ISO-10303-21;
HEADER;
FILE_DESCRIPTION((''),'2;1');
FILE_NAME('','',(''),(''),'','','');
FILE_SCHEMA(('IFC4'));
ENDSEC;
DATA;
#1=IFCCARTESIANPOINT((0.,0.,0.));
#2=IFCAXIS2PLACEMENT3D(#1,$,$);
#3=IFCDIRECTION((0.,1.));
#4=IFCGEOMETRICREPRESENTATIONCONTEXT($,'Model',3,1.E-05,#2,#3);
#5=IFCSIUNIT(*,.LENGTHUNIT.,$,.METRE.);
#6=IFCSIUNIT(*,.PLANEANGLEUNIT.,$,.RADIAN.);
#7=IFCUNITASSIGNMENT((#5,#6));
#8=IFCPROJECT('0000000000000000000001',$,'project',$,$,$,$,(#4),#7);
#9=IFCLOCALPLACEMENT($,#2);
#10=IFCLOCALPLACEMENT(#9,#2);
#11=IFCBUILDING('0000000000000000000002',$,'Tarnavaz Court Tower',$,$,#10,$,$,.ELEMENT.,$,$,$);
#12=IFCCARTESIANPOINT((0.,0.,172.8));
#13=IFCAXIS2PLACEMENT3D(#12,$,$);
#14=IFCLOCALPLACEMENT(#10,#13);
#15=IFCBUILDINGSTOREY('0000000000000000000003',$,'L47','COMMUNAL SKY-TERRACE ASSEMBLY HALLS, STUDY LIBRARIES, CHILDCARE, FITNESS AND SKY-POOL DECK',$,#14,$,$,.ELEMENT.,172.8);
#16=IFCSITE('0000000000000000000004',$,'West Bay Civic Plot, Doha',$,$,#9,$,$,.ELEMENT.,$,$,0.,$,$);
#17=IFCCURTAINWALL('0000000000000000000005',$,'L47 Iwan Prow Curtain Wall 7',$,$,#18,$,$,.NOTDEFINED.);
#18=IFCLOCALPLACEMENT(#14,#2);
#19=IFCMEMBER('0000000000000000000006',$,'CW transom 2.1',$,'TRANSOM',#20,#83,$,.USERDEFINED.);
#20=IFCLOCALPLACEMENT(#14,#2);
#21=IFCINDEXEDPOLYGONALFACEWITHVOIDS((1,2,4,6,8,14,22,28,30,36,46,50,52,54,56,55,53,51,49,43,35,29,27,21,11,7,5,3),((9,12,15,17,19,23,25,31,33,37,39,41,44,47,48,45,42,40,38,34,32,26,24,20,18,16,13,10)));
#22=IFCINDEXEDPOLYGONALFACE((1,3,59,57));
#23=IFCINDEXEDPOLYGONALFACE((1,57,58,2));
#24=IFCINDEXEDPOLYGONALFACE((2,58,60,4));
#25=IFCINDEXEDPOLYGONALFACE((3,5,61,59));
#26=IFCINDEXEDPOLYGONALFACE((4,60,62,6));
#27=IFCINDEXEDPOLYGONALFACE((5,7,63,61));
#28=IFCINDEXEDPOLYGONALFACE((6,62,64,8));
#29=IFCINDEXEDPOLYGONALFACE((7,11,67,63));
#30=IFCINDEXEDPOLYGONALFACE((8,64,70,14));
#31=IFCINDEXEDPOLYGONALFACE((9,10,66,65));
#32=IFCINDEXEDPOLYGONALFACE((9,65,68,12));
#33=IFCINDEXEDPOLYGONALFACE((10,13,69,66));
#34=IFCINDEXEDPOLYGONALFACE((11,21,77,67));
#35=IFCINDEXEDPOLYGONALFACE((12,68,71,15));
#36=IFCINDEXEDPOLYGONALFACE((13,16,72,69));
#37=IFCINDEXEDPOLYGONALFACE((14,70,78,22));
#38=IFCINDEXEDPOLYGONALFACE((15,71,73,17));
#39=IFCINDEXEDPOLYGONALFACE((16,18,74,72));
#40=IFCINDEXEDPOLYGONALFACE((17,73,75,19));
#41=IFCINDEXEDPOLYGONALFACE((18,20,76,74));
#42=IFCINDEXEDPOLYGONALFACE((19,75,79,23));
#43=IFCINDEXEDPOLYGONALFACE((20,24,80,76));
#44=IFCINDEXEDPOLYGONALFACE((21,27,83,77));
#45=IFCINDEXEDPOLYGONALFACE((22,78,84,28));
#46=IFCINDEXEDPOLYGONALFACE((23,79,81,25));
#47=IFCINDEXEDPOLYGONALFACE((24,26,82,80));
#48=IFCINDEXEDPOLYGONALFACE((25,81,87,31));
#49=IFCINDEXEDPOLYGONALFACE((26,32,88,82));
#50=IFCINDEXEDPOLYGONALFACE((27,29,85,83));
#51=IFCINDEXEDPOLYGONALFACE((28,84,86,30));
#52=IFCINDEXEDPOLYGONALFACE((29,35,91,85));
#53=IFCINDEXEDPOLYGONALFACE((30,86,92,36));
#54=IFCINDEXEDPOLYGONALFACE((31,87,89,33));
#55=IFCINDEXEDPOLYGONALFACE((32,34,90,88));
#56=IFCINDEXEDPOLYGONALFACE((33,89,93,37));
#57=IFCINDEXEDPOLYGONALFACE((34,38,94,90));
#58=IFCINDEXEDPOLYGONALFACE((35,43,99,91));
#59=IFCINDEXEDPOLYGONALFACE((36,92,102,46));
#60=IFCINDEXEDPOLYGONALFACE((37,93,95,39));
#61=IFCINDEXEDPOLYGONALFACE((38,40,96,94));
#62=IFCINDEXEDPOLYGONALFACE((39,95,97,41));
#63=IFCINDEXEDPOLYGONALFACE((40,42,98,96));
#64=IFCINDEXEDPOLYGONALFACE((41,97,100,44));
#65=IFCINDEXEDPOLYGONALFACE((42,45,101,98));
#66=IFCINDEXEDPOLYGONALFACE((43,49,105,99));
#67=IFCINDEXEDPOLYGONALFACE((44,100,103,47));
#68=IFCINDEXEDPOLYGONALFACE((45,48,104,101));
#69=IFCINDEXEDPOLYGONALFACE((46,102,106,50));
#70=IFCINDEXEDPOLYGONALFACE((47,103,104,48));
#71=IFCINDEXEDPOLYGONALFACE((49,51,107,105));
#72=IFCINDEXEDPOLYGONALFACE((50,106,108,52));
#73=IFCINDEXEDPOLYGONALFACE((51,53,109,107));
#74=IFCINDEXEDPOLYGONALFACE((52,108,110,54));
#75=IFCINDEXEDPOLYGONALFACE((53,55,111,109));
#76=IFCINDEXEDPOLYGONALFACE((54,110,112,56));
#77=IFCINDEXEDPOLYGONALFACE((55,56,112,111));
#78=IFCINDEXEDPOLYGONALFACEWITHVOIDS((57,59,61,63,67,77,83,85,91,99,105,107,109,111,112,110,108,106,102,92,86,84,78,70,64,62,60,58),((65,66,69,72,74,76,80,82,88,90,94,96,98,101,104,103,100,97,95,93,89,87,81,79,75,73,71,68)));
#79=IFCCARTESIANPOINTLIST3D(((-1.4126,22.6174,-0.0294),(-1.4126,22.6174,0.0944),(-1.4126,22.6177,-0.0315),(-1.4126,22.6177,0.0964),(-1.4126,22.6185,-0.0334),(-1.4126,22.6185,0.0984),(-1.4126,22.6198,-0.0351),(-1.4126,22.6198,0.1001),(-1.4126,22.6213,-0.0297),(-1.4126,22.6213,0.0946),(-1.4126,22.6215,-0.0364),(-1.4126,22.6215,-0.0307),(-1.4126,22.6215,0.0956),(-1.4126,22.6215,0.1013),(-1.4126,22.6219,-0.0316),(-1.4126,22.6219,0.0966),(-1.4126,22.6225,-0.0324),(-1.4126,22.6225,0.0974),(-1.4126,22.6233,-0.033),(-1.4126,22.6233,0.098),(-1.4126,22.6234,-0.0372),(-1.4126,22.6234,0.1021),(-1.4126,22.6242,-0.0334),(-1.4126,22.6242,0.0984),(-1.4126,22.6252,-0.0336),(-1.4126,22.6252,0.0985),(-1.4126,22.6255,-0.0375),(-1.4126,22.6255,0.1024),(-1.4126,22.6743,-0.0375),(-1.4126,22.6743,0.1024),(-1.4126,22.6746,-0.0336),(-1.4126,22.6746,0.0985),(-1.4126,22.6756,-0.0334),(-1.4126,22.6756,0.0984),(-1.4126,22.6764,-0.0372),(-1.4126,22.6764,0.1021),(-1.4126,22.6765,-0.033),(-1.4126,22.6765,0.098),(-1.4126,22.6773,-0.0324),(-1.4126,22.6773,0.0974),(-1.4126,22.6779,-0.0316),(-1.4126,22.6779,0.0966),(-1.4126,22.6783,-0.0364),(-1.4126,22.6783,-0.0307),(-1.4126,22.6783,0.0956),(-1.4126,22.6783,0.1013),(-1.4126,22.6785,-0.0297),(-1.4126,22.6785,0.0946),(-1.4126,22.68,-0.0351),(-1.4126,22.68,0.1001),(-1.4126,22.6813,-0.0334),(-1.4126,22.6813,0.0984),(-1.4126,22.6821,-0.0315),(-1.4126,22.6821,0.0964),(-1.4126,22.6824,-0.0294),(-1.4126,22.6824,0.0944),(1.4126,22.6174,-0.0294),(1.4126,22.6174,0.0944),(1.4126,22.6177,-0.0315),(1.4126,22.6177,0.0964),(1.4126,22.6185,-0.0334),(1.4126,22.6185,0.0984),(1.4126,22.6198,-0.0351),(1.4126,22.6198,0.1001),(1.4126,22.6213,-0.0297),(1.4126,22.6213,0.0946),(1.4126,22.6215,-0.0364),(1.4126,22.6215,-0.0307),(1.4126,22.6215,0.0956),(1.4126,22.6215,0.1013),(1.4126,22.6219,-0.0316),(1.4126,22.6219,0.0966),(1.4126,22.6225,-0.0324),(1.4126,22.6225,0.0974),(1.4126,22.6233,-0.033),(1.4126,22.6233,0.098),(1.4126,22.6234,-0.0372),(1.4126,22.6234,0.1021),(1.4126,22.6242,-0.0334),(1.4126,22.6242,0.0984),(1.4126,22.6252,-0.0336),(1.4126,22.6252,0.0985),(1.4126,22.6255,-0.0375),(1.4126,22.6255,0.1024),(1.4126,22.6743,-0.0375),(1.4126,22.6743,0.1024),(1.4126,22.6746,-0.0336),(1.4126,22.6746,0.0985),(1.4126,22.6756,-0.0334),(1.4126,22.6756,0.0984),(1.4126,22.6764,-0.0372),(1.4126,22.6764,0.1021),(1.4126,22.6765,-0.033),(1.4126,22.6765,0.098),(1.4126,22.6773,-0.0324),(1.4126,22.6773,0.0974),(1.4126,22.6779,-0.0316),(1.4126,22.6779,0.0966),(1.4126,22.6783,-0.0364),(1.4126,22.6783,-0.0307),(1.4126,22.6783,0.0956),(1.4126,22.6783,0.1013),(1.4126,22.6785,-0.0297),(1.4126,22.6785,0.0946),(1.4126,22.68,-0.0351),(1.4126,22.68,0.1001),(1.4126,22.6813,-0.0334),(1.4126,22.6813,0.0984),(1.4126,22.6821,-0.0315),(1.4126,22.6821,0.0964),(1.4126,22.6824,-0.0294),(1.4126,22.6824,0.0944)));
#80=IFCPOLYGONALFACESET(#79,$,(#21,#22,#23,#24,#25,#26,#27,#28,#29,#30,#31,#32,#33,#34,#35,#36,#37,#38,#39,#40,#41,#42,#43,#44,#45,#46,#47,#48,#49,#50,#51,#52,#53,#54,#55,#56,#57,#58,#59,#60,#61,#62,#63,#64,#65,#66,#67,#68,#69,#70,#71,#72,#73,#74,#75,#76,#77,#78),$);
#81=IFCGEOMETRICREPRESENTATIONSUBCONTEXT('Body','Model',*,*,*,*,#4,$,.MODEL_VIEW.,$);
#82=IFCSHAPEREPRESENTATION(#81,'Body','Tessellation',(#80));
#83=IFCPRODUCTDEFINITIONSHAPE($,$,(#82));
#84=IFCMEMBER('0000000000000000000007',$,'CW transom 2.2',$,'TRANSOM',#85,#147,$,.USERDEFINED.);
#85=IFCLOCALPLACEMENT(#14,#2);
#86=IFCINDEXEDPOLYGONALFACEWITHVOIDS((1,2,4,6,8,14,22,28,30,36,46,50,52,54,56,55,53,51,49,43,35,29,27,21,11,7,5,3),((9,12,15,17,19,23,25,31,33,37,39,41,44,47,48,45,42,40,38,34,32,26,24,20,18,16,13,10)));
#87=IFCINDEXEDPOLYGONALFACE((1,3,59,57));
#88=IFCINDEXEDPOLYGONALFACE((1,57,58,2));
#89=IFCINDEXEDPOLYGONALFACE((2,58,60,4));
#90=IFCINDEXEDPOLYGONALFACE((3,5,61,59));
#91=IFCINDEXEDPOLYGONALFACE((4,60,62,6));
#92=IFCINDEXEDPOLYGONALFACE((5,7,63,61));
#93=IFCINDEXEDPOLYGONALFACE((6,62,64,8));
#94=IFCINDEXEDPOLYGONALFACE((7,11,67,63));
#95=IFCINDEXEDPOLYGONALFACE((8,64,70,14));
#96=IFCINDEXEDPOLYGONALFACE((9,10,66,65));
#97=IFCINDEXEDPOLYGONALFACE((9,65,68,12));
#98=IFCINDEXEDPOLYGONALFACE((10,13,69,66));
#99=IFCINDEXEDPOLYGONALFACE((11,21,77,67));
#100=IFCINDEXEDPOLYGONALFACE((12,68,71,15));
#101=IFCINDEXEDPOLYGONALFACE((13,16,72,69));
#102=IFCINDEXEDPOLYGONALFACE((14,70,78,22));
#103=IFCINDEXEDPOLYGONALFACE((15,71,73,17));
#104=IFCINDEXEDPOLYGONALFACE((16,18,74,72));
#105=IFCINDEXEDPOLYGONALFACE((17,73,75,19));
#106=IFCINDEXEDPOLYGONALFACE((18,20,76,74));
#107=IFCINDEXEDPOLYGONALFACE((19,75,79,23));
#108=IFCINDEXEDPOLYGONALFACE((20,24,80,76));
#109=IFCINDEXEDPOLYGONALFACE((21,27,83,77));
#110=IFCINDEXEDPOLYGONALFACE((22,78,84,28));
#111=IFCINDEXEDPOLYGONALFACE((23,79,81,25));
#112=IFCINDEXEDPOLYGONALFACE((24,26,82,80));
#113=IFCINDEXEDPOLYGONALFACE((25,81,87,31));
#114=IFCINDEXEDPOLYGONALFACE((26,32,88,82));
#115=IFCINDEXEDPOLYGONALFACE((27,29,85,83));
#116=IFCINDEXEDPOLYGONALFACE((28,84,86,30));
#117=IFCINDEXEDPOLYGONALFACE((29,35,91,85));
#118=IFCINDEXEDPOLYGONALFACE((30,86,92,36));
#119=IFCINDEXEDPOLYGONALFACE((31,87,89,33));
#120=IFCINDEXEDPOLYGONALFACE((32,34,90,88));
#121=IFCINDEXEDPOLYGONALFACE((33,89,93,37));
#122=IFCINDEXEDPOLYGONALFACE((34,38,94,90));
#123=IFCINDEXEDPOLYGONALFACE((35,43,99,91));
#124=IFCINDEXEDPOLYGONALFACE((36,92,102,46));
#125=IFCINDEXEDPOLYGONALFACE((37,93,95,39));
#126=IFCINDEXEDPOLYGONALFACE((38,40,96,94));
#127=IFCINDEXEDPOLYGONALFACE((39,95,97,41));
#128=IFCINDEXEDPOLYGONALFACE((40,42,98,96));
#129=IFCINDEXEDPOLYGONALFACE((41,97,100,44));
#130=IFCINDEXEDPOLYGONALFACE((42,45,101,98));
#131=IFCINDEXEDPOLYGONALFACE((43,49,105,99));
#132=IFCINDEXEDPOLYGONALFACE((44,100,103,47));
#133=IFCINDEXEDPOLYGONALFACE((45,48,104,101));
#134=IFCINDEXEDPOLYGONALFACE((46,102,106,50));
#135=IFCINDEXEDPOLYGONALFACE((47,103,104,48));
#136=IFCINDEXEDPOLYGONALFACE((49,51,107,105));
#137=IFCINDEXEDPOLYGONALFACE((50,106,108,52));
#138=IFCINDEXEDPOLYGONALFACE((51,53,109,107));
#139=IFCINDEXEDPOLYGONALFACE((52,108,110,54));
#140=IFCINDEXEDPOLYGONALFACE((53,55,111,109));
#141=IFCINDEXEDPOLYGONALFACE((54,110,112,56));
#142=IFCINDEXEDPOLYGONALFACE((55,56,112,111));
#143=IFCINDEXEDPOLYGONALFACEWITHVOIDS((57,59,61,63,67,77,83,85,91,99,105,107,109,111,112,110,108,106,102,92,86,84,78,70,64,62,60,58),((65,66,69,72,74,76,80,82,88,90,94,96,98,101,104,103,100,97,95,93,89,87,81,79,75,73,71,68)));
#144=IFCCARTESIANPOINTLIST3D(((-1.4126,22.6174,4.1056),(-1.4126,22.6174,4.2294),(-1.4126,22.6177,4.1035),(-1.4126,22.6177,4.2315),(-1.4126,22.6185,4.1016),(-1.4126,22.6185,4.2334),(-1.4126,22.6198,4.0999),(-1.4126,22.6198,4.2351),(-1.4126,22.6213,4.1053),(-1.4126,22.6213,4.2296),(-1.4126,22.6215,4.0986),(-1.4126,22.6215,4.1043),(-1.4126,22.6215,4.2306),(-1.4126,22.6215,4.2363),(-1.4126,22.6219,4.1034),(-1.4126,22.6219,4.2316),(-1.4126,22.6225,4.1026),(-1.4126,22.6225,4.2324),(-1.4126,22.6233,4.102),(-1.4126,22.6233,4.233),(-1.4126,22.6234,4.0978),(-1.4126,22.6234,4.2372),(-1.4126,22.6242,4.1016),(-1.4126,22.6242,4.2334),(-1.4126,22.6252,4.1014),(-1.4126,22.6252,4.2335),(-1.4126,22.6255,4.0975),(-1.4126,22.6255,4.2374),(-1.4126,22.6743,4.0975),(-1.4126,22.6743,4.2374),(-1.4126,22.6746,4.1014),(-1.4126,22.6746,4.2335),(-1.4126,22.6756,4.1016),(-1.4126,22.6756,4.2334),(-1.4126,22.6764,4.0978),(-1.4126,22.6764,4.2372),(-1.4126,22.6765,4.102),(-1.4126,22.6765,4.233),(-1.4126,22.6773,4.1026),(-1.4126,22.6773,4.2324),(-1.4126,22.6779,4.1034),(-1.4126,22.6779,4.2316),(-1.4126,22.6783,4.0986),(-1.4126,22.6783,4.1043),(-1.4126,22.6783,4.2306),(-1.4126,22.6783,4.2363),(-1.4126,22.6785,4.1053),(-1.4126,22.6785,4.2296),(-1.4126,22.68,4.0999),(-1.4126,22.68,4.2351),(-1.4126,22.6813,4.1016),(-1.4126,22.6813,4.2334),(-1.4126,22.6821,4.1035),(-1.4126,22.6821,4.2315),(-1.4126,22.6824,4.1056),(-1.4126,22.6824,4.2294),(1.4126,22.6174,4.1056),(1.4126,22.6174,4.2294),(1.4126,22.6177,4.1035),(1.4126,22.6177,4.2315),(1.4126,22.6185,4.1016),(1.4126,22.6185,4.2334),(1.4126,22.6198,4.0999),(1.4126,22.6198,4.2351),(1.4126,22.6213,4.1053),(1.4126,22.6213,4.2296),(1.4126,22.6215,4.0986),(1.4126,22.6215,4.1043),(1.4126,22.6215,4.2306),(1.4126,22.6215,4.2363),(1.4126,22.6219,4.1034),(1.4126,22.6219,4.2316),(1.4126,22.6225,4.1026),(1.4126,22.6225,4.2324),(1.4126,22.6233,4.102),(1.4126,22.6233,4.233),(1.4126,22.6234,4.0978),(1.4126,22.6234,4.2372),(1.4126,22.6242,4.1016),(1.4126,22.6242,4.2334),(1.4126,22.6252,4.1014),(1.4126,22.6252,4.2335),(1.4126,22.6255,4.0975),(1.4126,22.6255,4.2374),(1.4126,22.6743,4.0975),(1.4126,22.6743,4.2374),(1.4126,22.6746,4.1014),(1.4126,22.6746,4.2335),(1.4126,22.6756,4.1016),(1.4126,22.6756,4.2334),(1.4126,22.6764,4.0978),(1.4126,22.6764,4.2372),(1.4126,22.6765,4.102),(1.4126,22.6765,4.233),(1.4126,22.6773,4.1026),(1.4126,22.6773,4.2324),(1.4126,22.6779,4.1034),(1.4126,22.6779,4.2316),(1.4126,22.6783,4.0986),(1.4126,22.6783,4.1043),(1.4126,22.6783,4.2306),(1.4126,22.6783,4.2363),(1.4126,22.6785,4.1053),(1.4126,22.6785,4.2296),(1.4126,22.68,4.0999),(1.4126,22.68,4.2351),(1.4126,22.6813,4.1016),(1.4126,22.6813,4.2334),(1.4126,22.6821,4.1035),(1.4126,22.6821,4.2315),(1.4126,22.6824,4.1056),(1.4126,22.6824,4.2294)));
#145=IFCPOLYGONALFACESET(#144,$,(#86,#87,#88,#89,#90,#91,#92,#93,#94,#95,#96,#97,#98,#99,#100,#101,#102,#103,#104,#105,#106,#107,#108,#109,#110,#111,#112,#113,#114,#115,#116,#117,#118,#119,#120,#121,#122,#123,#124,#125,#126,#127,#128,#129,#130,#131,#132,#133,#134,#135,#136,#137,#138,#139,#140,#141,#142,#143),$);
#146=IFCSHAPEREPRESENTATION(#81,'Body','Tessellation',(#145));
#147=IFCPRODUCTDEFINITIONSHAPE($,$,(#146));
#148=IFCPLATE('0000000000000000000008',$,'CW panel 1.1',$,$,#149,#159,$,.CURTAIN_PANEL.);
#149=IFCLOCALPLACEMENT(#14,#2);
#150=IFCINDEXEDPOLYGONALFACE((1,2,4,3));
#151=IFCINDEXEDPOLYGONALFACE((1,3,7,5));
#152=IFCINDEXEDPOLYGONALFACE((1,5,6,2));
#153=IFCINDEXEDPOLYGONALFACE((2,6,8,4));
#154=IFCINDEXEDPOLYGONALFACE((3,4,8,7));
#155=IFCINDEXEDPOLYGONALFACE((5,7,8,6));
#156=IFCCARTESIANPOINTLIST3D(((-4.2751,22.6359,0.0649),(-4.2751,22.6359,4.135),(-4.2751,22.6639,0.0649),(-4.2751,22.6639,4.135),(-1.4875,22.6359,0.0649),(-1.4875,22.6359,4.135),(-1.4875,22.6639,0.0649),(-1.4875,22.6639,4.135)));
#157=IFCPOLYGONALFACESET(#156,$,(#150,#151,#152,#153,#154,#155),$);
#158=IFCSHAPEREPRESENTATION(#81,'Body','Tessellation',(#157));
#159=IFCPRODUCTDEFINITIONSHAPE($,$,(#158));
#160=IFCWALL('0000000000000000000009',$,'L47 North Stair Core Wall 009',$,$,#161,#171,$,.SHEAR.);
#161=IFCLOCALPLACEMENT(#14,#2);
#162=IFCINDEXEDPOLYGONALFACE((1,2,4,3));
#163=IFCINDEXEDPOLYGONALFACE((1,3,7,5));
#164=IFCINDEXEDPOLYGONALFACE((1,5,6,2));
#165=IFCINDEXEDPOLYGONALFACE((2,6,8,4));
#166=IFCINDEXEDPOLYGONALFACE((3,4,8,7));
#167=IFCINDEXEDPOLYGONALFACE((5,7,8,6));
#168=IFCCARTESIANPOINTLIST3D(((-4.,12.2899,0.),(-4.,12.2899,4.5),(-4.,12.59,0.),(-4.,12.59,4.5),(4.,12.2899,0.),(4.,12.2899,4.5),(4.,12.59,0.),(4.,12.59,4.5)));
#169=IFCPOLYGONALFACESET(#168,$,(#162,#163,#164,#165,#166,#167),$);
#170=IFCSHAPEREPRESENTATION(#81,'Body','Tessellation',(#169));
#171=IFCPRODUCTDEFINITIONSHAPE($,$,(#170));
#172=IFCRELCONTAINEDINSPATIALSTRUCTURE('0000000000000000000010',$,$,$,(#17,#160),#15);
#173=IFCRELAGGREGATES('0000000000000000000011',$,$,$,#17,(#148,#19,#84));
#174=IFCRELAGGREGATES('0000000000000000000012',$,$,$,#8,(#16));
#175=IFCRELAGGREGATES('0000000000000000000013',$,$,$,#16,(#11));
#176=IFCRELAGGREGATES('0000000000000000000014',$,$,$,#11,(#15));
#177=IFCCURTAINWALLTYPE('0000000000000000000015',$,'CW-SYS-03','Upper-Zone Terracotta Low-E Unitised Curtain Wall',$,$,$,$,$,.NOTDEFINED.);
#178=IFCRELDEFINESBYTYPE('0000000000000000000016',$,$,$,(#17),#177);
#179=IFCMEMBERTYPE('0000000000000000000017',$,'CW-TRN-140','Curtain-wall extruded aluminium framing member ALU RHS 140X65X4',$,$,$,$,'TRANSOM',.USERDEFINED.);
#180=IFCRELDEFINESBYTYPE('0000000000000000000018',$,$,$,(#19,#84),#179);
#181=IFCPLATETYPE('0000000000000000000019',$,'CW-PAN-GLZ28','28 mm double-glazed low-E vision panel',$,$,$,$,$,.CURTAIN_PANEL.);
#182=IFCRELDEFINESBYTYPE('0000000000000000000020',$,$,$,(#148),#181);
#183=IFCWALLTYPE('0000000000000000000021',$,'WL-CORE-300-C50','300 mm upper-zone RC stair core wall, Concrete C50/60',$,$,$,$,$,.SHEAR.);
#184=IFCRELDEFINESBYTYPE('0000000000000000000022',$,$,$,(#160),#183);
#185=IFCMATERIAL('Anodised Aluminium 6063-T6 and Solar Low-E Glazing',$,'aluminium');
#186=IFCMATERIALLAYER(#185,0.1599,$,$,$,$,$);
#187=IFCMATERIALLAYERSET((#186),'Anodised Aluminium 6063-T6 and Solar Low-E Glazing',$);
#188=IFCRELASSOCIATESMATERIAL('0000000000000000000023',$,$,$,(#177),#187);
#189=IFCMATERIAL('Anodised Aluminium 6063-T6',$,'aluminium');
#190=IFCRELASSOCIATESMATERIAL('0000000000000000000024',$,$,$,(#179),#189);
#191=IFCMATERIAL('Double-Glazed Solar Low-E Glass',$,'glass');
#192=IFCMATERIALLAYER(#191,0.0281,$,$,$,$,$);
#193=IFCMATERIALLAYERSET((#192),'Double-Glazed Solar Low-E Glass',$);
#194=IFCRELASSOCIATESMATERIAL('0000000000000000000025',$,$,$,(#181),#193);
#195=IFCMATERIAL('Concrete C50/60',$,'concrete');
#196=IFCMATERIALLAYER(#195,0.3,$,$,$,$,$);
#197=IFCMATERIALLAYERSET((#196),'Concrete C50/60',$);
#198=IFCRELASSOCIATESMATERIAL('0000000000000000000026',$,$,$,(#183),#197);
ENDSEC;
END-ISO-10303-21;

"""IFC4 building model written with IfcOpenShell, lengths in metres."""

from ifc_helpers import new_model, si_unit, direction, frame, frame_2d, origin, origin_2d, place, context, subcontext, project, spatial, rectangle, hollow_rectangle, extrude, material, layer, layer_set, material_profile, profile_set, type_object, element, aggregate, save


model = new_model("IFC4")

# Units and contexts
model_context = context("Model", 3, precision=1e-05, world=origin(), true_north=direction((0.0, 1.0)))
body_context = subcontext(model_context, "Body", "Model", "MODEL_VIEW")
ifc_project = project(units=[si_unit("LENGTHUNIT", "METRE"), si_unit("PLANEANGLEUNIT", "RADIAN")], contexts=[model_context])

# Site, building, storey
site_placement = place(None, origin())
site = spatial("IfcSite", under=ifc_project, at=site_placement, Name="West Bay Civic Plot, Doha", CompositionType="ELEMENT", RefElevation=0.0)
building_placement = place(site_placement, origin())
building = spatial("IfcBuilding", under=site, at=building_placement, Name="Tarnavaz Court Tower", CompositionType="ELEMENT")
storey_placement = place(building_placement, frame((0.0, 0.0, 172.8)))
storey = spatial("IfcBuildingStorey", under=building, at=storey_placement, Name="L47", Description="COMMUNAL SKY-TERRACE ASSEMBLY HALLS, STUDY LIBRARIES, CHILDCARE, FITNESS AND SKY-POOL DECK", CompositionType="ELEMENT", Elevation=172.8)

# Curtain wall, members, plate
ifc_material_1 = material(Name="Anodised Aluminium 6063-T6 and Solar Low-E Glazing", Category="aluminium")
ifc_layer_1 = layer(ifc_material_1, 0.1599)
ifc_layer_set_1 = layer_set([ifc_layer_1], Name="Anodised Aluminium 6063-T6 and Solar Low-E Glazing")
curtain_wall_type = type_object("IfcCurtainWallType", Name="CW-SYS-03", Description="Upper-Zone Terracotta Low-E Unitised Curtain Wall", PredefinedType="NOTDEFINED", material=ifc_layer_set_1)
curtain_wall_placement = place(storey_placement, origin())
curtain_wall = element("IfcCurtainWall", 1, at=curtain_wall_placement, inside=storey, type_object=curtain_wall_type, Name="L47 Iwan Prow Curtain Wall 7", PredefinedType="NOTDEFINED")
ifc_material_2 = material(Name="Anodised Aluminium 6063-T6", Category="aluminium")
ifc_material_profile_1 = material_profile(ifc_material_2, hollow_rectangle(XDim=0.0649, YDim=0.1399, WallThickness=0.0039, InnerFilletRadius=0.0039, OuterFilletRadius=0.0081, at=origin_2d()), Name="ALU RHS 140X65X4")
ifc_profile_set_1 = profile_set([ifc_material_profile_1], Name="Anodised Aluminium 6063-T6")
member_type_1 = type_object("IfcMemberType", Name="CW-TRN-140", Description="Curtain-wall extruded aluminium framing member ALU RHS 140X65X4", ElementType="TRANSOM", PredefinedType="USERDEFINED", material=ifc_profile_set_1)
member_1_placement = place(storey_placement, frame((-1.4126, 22.6499, 0.0325), z_axis=(1.0, 0.0, 0.0), x_axis=(0.0, 1.0, 0.0)))
member_1 = element("IfcMember", 2, at=member_1_placement, type_object=member_type_1, Name="CW transom 2.1", ObjectType="TRANSOM", PredefinedType="USERDEFINED", context=body_context, shape_type="SweptSolid", body=[
    extrude(hollow_rectangle(XDim=0.0649, YDim=0.1399, WallThickness=0.0039, InnerFilletRadius=0.0039, OuterFilletRadius=0.0081, at=origin_2d()), origin(), (0.0, 0.0, 1.0), 2.8252),
])
member_2_placement = place(storey_placement, frame((-1.4126, 22.6499, 4.1675), z_axis=(1.0, 0.0, 0.0), x_axis=(0.0, 1.0, 0.0)))
member_2 = element("IfcMember", 3, at=member_2_placement, type_object=member_type_1, Name="CW transom 2.2", ObjectType="TRANSOM", PredefinedType="USERDEFINED", context=body_context, shape_type="SweptSolid", body=[
    extrude(hollow_rectangle(XDim=0.0649, YDim=0.1399, WallThickness=0.0039, InnerFilletRadius=0.0039, OuterFilletRadius=0.0081, at=origin_2d()), origin(), (0.0, 0.0, 1.0), 2.8252),
])
ifc_material_3 = material(Name="Double-Glazed Solar Low-E Glass", Category="glass")
ifc_layer_2 = layer(ifc_material_3, 0.0281)
ifc_layer_set_2 = layer_set([ifc_layer_2], Name="Double-Glazed Solar Low-E Glass")
plate_type = type_object("IfcPlateType", Name="CW-PAN-GLZ28", Description="28 mm double-glazed low-E vision panel", PredefinedType="CURTAIN_PANEL", material=ifc_layer_set_2)
plate_placement = place(storey_placement, frame((-2.8813, 22.6499, 0.0649), z_axis=(0.0, 0.0, 1.0), x_axis=(1.0, 0.0, 0.0)))
plate = element("IfcPlate", 4, at=plate_placement, type_object=plate_type, Name="CW panel 1.1", PredefinedType="CURTAIN_PANEL", context=body_context, shape_type="SweptSolid", body=[
    extrude(rectangle(XDim=2.7876, YDim=0.0281, at=origin_2d()), origin(), (0.0, 0.0, 1.0), 4.0701),
])
aggregate(curtain_wall, [plate, member_1, member_2])

# Wall
ifc_material_4 = material(Name="Concrete C50/60", Category="concrete")
ifc_layer_3 = layer(ifc_material_4, 0.3)
ifc_layer_set_3 = layer_set([ifc_layer_3], Name="Concrete C50/60")
wall_type_1 = type_object("IfcWallType", Name="WL-CORE-300-C50", Description="300 mm upper-zone RC stair core wall, Concrete C50/60", PredefinedType="SHEAR", material=ifc_layer_set_3)
wall_1_placement = place(storey_placement, frame((-4.0, 12.4399, 0.0), z_axis=(0.0, 0.0, 1.0), x_axis=(1.0, 0.0, 0.0)))
element("IfcWall", 5, at=wall_1_placement, inside=storey, type_object=wall_type_1, Name="L47 North Stair Core Wall 009", PredefinedType="SHEAR", context=body_context, shape_type="SweptSolid", body=[
    extrude(rectangle(XDim=8.0, YDim=0.3, at=frame_2d((4.0, 0.0))), origin(), (0.0, 0.0, 1.0), 4.5),
])

save(model, "model.ifc")
